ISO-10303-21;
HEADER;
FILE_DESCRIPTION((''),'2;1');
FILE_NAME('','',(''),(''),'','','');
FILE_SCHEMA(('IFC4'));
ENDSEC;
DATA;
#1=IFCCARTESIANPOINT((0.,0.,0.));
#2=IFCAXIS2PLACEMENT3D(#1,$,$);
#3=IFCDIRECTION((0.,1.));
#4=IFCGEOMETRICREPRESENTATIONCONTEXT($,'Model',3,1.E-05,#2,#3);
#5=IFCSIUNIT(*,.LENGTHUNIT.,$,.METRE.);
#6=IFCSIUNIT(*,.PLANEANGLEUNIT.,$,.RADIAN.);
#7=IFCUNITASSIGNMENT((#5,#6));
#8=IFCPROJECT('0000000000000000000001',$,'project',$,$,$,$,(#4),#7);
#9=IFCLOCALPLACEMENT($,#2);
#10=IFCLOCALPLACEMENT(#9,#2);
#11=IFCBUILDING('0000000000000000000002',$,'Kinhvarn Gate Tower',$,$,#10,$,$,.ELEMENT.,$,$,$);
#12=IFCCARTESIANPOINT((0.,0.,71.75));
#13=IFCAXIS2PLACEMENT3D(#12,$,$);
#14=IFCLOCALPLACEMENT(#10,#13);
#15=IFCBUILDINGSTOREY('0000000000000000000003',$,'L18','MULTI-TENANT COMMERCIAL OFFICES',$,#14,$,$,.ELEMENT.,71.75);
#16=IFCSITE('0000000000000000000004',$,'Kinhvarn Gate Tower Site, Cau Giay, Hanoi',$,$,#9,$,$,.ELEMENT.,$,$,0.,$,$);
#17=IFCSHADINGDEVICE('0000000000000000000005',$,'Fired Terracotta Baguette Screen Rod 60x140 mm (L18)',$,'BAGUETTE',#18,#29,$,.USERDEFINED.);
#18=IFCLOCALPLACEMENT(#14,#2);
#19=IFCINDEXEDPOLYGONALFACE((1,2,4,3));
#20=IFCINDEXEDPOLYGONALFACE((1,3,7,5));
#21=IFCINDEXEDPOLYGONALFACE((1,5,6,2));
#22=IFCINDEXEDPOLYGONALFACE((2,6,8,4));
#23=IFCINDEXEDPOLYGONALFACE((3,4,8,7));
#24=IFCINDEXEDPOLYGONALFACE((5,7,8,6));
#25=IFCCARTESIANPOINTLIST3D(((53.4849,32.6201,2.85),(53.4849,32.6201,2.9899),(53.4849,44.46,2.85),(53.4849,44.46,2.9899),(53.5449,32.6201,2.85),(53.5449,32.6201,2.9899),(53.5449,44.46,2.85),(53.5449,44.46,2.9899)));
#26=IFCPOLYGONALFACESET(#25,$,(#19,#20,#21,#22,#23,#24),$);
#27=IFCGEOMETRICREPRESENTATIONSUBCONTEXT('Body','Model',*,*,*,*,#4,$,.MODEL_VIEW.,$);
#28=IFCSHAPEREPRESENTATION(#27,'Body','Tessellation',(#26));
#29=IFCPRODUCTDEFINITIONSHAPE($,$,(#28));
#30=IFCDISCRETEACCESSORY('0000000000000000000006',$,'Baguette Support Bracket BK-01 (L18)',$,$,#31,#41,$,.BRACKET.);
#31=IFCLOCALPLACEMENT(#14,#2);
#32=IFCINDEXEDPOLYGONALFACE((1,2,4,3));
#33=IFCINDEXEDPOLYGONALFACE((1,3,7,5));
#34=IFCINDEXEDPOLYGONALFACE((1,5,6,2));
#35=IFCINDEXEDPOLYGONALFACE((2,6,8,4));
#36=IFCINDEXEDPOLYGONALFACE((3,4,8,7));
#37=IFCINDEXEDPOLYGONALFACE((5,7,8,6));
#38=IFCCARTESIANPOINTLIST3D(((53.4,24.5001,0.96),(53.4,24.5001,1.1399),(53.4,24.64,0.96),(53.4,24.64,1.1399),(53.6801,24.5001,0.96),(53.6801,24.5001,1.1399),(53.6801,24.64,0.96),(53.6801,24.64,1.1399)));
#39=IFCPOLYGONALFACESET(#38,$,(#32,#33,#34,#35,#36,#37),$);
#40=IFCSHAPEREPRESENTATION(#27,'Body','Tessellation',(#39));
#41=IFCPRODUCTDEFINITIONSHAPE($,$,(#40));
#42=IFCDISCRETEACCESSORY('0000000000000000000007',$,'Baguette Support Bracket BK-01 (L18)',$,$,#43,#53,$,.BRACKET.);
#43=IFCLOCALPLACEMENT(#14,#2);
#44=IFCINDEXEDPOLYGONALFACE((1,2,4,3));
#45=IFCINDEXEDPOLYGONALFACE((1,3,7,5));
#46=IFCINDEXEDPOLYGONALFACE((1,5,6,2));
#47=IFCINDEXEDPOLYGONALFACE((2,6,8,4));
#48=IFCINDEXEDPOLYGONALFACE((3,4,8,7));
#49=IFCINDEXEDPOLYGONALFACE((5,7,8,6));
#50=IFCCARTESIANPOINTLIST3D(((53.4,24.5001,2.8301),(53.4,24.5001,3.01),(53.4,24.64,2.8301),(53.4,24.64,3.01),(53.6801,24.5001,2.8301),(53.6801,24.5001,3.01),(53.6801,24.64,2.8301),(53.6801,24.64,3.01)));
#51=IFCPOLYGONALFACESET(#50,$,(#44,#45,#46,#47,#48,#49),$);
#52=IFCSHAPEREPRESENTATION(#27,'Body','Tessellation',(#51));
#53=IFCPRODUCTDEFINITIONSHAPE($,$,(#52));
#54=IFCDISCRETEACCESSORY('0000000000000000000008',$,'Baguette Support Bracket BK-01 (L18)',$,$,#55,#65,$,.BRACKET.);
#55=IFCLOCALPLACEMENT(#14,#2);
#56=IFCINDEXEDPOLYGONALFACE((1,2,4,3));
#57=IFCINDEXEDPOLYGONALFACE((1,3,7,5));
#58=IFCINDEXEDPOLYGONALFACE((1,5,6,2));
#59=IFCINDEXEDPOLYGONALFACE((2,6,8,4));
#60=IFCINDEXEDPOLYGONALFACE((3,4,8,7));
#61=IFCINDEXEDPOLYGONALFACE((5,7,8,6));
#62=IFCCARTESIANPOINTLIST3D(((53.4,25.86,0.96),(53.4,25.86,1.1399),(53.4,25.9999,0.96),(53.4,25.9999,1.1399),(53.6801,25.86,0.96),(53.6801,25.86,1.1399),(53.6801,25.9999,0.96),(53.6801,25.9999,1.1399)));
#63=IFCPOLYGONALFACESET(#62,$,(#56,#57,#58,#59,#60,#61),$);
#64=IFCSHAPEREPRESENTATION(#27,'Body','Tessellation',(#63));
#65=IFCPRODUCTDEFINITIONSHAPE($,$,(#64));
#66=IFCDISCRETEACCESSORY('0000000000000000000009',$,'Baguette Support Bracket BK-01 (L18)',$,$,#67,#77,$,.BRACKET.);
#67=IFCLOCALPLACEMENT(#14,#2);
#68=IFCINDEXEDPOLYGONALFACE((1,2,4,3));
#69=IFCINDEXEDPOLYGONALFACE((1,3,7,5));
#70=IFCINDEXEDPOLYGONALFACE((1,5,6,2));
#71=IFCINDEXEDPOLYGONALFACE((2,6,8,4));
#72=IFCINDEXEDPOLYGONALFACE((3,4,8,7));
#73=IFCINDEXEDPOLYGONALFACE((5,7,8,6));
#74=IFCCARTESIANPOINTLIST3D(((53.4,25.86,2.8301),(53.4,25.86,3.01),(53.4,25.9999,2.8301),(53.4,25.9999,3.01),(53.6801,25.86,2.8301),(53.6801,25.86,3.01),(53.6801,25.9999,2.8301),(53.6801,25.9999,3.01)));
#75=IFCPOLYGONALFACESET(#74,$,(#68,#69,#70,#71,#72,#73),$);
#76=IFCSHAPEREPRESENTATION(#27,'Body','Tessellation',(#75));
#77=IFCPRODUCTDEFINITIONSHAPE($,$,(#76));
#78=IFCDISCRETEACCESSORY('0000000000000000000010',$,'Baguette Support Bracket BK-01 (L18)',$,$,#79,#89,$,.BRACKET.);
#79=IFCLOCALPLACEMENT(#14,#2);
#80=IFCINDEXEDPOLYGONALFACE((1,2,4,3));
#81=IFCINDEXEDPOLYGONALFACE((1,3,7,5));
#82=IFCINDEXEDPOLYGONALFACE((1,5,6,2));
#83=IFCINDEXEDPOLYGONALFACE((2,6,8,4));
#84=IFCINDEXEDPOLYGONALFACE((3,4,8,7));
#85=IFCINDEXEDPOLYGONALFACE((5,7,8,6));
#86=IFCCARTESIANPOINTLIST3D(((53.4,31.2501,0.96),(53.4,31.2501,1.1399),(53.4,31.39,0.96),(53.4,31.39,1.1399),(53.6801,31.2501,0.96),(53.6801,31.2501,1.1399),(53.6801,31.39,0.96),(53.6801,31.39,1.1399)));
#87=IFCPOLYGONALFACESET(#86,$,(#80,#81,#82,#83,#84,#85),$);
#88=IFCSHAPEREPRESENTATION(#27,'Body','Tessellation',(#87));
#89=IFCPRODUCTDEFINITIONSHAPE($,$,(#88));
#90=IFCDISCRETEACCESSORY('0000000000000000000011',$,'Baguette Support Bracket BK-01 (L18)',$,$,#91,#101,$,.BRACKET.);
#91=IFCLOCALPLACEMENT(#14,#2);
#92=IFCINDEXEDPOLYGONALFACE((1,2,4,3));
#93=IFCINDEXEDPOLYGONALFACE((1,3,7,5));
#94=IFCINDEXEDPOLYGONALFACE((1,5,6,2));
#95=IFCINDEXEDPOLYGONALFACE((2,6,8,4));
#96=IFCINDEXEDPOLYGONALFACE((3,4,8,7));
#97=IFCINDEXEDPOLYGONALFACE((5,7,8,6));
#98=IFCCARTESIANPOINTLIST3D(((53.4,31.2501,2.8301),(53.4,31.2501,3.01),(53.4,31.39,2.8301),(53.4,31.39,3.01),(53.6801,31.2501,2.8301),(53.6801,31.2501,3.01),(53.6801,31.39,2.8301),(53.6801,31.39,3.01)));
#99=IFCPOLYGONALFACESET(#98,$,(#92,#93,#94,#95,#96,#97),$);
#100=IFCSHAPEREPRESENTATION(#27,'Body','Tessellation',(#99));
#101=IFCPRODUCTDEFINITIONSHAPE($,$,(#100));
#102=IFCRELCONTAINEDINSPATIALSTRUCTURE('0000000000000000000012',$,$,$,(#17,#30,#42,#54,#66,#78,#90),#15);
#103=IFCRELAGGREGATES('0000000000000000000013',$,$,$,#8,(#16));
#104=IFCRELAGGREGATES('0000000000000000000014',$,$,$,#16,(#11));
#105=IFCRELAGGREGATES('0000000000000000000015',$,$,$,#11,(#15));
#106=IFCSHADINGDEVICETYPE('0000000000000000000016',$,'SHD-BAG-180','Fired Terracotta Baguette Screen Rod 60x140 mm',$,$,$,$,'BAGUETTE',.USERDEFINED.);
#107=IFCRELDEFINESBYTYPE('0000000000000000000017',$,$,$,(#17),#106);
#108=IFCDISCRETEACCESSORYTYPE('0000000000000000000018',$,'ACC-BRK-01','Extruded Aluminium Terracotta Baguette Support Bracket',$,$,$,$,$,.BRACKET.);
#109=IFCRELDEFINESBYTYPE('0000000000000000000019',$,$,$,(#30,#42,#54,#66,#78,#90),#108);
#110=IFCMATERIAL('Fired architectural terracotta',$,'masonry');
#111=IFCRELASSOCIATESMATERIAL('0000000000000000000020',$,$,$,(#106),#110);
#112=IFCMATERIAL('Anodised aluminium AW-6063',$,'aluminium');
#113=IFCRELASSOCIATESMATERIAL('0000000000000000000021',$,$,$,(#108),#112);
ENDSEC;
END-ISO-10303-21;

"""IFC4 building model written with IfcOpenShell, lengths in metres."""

from ifc_helpers import new_model, si_unit, direction, frame, origin, origin_2d, place, context, subcontext, project, spatial, rectangle, extrude, material, material_profile, profile_set, type_object, element, save


model = new_model("IFC4")

# Units and contexts
model_context = context("Model", 3, precision=1e-05, world=origin(), true_north=direction((0.0, 1.0)))
body_context = subcontext(model_context, "Body", "Model", "MODEL_VIEW")
ifc_project = project(units=[si_unit("LENGTHUNIT", "METRE"), si_unit("PLANEANGLEUNIT", "RADIAN")], contexts=[model_context])

# Site, building, storey
site_placement = place(None, origin())
site = spatial("IfcSite", under=ifc_project, at=site_placement, Name="Kinhvarn Gate Tower Site, Cau Giay, Hanoi", CompositionType="ELEMENT", RefElevation=0.0)
building_placement = place(site_placement, origin())
building = spatial("IfcBuilding", under=site, at=building_placement, Name="Kinhvarn Gate Tower", CompositionType="ELEMENT")
storey_placement = place(building_placement, frame((0.0, 0.0, 71.75)))
storey = spatial("IfcBuildingStorey", under=building, at=storey_placement, Name="L18", Description="MULTI-TENANT COMMERCIAL OFFICES", CompositionType="ELEMENT", Elevation=71.75)

# Shared definitions
ifc_material_1 = material(Name="Anodised aluminium AW-6063", Category="aluminium")

# Shading device
ifc_material_2 = material(Name="Fired architectural terracotta", Category="masonry")
ifc_material_profile_1 = material_profile(ifc_material_2, rectangle(XDim=0.0601, YDim=0.1399, at=origin_2d()), Name="TC 60x140")
ifc_profile_set_1 = profile_set([ifc_material_profile_1], Name="Fired architectural terracotta")
shading_device_type = type_object("IfcShadingDeviceType", Name="SHD-BAG-180", Description="Fired Terracotta Baguette Screen Rod 60x140 mm", ElementType="BAGUETTE", PredefinedType="USERDEFINED", material=ifc_profile_set_1)
for number, where, z_axis, x_axis, name in (
    (1, (53.5149, 32.6201, 2.9199), (0.0, 1.0, 0.0), (-1.0, 0.0, 0.0), "Fired Terracotta Baguette Screen Rod 60x140 mm (L18)"),
):
    element("IfcShadingDevice", number, at=place(storey_placement, frame(where, z_axis=z_axis, x_axis=x_axis)), inside=storey, type_object=shading_device_type, Name=name, ObjectType="BAGUETTE", PredefinedType="USERDEFINED", context=body_context, shape_type="SweptSolid", body=[
        extrude(rectangle(XDim=0.0601, YDim=0.1399, at=origin_2d()), origin(), (0.0, 0.0, 1.0), 11.8398),
    ])

# Discrete accessories
discrete_accessory_type = type_object("IfcDiscreteAccessoryType", Name="ACC-BRK-01", Description="Extruded Aluminium Terracotta Baguette Support Bracket", PredefinedType="BRACKET", material=ifc_material_1)
for number, where, z_axis, x_axis, name in (
    (2, (53.54, 24.5701, 0.96), (0.0, 0.0, 1.0), (0.0, 1.0, 0.0), "Baguette Support Bracket BK-01 (L18)"),
    (3, (53.54, 24.5701, 2.8301), (0.0, 0.0, 1.0), (0.0, 1.0, 0.0), "Baguette Support Bracket BK-01 (L18)"),
    (4, (53.54, 25.9299, 0.96), (0.0, 0.0, 1.0), (0.0, 1.0, 0.0), "Baguette Support Bracket BK-01 (L18)"),
    (5, (53.54, 25.9299, 2.8301), (0.0, 0.0, 1.0), (0.0, 1.0, 0.0), "Baguette Support Bracket BK-01 (L18)"),
    (6, (53.54, 31.3201, 0.96), (0.0, 0.0, 1.0), (0.0, 1.0, 0.0), "Baguette Support Bracket BK-01 (L18)"),
    (7, (53.54, 31.3201, 2.8301), (0.0, 0.0, 1.0), (0.0, 1.0, 0.0), "Baguette Support Bracket BK-01 (L18)"),
):
    element("IfcDiscreteAccessory", number, at=place(storey_placement, frame(where, z_axis=z_axis, x_axis=x_axis)), inside=storey, type_object=discrete_accessory_type, Name=name, PredefinedType="BRACKET", context=body_context, shape_type="SweptSolid", body=[
        extrude(rectangle(XDim=0.1399, YDim=0.28, at=origin_2d()), origin(), (0.0, 0.0, 1.0), 0.1799),
    ])

save(model, "model.ifc")
